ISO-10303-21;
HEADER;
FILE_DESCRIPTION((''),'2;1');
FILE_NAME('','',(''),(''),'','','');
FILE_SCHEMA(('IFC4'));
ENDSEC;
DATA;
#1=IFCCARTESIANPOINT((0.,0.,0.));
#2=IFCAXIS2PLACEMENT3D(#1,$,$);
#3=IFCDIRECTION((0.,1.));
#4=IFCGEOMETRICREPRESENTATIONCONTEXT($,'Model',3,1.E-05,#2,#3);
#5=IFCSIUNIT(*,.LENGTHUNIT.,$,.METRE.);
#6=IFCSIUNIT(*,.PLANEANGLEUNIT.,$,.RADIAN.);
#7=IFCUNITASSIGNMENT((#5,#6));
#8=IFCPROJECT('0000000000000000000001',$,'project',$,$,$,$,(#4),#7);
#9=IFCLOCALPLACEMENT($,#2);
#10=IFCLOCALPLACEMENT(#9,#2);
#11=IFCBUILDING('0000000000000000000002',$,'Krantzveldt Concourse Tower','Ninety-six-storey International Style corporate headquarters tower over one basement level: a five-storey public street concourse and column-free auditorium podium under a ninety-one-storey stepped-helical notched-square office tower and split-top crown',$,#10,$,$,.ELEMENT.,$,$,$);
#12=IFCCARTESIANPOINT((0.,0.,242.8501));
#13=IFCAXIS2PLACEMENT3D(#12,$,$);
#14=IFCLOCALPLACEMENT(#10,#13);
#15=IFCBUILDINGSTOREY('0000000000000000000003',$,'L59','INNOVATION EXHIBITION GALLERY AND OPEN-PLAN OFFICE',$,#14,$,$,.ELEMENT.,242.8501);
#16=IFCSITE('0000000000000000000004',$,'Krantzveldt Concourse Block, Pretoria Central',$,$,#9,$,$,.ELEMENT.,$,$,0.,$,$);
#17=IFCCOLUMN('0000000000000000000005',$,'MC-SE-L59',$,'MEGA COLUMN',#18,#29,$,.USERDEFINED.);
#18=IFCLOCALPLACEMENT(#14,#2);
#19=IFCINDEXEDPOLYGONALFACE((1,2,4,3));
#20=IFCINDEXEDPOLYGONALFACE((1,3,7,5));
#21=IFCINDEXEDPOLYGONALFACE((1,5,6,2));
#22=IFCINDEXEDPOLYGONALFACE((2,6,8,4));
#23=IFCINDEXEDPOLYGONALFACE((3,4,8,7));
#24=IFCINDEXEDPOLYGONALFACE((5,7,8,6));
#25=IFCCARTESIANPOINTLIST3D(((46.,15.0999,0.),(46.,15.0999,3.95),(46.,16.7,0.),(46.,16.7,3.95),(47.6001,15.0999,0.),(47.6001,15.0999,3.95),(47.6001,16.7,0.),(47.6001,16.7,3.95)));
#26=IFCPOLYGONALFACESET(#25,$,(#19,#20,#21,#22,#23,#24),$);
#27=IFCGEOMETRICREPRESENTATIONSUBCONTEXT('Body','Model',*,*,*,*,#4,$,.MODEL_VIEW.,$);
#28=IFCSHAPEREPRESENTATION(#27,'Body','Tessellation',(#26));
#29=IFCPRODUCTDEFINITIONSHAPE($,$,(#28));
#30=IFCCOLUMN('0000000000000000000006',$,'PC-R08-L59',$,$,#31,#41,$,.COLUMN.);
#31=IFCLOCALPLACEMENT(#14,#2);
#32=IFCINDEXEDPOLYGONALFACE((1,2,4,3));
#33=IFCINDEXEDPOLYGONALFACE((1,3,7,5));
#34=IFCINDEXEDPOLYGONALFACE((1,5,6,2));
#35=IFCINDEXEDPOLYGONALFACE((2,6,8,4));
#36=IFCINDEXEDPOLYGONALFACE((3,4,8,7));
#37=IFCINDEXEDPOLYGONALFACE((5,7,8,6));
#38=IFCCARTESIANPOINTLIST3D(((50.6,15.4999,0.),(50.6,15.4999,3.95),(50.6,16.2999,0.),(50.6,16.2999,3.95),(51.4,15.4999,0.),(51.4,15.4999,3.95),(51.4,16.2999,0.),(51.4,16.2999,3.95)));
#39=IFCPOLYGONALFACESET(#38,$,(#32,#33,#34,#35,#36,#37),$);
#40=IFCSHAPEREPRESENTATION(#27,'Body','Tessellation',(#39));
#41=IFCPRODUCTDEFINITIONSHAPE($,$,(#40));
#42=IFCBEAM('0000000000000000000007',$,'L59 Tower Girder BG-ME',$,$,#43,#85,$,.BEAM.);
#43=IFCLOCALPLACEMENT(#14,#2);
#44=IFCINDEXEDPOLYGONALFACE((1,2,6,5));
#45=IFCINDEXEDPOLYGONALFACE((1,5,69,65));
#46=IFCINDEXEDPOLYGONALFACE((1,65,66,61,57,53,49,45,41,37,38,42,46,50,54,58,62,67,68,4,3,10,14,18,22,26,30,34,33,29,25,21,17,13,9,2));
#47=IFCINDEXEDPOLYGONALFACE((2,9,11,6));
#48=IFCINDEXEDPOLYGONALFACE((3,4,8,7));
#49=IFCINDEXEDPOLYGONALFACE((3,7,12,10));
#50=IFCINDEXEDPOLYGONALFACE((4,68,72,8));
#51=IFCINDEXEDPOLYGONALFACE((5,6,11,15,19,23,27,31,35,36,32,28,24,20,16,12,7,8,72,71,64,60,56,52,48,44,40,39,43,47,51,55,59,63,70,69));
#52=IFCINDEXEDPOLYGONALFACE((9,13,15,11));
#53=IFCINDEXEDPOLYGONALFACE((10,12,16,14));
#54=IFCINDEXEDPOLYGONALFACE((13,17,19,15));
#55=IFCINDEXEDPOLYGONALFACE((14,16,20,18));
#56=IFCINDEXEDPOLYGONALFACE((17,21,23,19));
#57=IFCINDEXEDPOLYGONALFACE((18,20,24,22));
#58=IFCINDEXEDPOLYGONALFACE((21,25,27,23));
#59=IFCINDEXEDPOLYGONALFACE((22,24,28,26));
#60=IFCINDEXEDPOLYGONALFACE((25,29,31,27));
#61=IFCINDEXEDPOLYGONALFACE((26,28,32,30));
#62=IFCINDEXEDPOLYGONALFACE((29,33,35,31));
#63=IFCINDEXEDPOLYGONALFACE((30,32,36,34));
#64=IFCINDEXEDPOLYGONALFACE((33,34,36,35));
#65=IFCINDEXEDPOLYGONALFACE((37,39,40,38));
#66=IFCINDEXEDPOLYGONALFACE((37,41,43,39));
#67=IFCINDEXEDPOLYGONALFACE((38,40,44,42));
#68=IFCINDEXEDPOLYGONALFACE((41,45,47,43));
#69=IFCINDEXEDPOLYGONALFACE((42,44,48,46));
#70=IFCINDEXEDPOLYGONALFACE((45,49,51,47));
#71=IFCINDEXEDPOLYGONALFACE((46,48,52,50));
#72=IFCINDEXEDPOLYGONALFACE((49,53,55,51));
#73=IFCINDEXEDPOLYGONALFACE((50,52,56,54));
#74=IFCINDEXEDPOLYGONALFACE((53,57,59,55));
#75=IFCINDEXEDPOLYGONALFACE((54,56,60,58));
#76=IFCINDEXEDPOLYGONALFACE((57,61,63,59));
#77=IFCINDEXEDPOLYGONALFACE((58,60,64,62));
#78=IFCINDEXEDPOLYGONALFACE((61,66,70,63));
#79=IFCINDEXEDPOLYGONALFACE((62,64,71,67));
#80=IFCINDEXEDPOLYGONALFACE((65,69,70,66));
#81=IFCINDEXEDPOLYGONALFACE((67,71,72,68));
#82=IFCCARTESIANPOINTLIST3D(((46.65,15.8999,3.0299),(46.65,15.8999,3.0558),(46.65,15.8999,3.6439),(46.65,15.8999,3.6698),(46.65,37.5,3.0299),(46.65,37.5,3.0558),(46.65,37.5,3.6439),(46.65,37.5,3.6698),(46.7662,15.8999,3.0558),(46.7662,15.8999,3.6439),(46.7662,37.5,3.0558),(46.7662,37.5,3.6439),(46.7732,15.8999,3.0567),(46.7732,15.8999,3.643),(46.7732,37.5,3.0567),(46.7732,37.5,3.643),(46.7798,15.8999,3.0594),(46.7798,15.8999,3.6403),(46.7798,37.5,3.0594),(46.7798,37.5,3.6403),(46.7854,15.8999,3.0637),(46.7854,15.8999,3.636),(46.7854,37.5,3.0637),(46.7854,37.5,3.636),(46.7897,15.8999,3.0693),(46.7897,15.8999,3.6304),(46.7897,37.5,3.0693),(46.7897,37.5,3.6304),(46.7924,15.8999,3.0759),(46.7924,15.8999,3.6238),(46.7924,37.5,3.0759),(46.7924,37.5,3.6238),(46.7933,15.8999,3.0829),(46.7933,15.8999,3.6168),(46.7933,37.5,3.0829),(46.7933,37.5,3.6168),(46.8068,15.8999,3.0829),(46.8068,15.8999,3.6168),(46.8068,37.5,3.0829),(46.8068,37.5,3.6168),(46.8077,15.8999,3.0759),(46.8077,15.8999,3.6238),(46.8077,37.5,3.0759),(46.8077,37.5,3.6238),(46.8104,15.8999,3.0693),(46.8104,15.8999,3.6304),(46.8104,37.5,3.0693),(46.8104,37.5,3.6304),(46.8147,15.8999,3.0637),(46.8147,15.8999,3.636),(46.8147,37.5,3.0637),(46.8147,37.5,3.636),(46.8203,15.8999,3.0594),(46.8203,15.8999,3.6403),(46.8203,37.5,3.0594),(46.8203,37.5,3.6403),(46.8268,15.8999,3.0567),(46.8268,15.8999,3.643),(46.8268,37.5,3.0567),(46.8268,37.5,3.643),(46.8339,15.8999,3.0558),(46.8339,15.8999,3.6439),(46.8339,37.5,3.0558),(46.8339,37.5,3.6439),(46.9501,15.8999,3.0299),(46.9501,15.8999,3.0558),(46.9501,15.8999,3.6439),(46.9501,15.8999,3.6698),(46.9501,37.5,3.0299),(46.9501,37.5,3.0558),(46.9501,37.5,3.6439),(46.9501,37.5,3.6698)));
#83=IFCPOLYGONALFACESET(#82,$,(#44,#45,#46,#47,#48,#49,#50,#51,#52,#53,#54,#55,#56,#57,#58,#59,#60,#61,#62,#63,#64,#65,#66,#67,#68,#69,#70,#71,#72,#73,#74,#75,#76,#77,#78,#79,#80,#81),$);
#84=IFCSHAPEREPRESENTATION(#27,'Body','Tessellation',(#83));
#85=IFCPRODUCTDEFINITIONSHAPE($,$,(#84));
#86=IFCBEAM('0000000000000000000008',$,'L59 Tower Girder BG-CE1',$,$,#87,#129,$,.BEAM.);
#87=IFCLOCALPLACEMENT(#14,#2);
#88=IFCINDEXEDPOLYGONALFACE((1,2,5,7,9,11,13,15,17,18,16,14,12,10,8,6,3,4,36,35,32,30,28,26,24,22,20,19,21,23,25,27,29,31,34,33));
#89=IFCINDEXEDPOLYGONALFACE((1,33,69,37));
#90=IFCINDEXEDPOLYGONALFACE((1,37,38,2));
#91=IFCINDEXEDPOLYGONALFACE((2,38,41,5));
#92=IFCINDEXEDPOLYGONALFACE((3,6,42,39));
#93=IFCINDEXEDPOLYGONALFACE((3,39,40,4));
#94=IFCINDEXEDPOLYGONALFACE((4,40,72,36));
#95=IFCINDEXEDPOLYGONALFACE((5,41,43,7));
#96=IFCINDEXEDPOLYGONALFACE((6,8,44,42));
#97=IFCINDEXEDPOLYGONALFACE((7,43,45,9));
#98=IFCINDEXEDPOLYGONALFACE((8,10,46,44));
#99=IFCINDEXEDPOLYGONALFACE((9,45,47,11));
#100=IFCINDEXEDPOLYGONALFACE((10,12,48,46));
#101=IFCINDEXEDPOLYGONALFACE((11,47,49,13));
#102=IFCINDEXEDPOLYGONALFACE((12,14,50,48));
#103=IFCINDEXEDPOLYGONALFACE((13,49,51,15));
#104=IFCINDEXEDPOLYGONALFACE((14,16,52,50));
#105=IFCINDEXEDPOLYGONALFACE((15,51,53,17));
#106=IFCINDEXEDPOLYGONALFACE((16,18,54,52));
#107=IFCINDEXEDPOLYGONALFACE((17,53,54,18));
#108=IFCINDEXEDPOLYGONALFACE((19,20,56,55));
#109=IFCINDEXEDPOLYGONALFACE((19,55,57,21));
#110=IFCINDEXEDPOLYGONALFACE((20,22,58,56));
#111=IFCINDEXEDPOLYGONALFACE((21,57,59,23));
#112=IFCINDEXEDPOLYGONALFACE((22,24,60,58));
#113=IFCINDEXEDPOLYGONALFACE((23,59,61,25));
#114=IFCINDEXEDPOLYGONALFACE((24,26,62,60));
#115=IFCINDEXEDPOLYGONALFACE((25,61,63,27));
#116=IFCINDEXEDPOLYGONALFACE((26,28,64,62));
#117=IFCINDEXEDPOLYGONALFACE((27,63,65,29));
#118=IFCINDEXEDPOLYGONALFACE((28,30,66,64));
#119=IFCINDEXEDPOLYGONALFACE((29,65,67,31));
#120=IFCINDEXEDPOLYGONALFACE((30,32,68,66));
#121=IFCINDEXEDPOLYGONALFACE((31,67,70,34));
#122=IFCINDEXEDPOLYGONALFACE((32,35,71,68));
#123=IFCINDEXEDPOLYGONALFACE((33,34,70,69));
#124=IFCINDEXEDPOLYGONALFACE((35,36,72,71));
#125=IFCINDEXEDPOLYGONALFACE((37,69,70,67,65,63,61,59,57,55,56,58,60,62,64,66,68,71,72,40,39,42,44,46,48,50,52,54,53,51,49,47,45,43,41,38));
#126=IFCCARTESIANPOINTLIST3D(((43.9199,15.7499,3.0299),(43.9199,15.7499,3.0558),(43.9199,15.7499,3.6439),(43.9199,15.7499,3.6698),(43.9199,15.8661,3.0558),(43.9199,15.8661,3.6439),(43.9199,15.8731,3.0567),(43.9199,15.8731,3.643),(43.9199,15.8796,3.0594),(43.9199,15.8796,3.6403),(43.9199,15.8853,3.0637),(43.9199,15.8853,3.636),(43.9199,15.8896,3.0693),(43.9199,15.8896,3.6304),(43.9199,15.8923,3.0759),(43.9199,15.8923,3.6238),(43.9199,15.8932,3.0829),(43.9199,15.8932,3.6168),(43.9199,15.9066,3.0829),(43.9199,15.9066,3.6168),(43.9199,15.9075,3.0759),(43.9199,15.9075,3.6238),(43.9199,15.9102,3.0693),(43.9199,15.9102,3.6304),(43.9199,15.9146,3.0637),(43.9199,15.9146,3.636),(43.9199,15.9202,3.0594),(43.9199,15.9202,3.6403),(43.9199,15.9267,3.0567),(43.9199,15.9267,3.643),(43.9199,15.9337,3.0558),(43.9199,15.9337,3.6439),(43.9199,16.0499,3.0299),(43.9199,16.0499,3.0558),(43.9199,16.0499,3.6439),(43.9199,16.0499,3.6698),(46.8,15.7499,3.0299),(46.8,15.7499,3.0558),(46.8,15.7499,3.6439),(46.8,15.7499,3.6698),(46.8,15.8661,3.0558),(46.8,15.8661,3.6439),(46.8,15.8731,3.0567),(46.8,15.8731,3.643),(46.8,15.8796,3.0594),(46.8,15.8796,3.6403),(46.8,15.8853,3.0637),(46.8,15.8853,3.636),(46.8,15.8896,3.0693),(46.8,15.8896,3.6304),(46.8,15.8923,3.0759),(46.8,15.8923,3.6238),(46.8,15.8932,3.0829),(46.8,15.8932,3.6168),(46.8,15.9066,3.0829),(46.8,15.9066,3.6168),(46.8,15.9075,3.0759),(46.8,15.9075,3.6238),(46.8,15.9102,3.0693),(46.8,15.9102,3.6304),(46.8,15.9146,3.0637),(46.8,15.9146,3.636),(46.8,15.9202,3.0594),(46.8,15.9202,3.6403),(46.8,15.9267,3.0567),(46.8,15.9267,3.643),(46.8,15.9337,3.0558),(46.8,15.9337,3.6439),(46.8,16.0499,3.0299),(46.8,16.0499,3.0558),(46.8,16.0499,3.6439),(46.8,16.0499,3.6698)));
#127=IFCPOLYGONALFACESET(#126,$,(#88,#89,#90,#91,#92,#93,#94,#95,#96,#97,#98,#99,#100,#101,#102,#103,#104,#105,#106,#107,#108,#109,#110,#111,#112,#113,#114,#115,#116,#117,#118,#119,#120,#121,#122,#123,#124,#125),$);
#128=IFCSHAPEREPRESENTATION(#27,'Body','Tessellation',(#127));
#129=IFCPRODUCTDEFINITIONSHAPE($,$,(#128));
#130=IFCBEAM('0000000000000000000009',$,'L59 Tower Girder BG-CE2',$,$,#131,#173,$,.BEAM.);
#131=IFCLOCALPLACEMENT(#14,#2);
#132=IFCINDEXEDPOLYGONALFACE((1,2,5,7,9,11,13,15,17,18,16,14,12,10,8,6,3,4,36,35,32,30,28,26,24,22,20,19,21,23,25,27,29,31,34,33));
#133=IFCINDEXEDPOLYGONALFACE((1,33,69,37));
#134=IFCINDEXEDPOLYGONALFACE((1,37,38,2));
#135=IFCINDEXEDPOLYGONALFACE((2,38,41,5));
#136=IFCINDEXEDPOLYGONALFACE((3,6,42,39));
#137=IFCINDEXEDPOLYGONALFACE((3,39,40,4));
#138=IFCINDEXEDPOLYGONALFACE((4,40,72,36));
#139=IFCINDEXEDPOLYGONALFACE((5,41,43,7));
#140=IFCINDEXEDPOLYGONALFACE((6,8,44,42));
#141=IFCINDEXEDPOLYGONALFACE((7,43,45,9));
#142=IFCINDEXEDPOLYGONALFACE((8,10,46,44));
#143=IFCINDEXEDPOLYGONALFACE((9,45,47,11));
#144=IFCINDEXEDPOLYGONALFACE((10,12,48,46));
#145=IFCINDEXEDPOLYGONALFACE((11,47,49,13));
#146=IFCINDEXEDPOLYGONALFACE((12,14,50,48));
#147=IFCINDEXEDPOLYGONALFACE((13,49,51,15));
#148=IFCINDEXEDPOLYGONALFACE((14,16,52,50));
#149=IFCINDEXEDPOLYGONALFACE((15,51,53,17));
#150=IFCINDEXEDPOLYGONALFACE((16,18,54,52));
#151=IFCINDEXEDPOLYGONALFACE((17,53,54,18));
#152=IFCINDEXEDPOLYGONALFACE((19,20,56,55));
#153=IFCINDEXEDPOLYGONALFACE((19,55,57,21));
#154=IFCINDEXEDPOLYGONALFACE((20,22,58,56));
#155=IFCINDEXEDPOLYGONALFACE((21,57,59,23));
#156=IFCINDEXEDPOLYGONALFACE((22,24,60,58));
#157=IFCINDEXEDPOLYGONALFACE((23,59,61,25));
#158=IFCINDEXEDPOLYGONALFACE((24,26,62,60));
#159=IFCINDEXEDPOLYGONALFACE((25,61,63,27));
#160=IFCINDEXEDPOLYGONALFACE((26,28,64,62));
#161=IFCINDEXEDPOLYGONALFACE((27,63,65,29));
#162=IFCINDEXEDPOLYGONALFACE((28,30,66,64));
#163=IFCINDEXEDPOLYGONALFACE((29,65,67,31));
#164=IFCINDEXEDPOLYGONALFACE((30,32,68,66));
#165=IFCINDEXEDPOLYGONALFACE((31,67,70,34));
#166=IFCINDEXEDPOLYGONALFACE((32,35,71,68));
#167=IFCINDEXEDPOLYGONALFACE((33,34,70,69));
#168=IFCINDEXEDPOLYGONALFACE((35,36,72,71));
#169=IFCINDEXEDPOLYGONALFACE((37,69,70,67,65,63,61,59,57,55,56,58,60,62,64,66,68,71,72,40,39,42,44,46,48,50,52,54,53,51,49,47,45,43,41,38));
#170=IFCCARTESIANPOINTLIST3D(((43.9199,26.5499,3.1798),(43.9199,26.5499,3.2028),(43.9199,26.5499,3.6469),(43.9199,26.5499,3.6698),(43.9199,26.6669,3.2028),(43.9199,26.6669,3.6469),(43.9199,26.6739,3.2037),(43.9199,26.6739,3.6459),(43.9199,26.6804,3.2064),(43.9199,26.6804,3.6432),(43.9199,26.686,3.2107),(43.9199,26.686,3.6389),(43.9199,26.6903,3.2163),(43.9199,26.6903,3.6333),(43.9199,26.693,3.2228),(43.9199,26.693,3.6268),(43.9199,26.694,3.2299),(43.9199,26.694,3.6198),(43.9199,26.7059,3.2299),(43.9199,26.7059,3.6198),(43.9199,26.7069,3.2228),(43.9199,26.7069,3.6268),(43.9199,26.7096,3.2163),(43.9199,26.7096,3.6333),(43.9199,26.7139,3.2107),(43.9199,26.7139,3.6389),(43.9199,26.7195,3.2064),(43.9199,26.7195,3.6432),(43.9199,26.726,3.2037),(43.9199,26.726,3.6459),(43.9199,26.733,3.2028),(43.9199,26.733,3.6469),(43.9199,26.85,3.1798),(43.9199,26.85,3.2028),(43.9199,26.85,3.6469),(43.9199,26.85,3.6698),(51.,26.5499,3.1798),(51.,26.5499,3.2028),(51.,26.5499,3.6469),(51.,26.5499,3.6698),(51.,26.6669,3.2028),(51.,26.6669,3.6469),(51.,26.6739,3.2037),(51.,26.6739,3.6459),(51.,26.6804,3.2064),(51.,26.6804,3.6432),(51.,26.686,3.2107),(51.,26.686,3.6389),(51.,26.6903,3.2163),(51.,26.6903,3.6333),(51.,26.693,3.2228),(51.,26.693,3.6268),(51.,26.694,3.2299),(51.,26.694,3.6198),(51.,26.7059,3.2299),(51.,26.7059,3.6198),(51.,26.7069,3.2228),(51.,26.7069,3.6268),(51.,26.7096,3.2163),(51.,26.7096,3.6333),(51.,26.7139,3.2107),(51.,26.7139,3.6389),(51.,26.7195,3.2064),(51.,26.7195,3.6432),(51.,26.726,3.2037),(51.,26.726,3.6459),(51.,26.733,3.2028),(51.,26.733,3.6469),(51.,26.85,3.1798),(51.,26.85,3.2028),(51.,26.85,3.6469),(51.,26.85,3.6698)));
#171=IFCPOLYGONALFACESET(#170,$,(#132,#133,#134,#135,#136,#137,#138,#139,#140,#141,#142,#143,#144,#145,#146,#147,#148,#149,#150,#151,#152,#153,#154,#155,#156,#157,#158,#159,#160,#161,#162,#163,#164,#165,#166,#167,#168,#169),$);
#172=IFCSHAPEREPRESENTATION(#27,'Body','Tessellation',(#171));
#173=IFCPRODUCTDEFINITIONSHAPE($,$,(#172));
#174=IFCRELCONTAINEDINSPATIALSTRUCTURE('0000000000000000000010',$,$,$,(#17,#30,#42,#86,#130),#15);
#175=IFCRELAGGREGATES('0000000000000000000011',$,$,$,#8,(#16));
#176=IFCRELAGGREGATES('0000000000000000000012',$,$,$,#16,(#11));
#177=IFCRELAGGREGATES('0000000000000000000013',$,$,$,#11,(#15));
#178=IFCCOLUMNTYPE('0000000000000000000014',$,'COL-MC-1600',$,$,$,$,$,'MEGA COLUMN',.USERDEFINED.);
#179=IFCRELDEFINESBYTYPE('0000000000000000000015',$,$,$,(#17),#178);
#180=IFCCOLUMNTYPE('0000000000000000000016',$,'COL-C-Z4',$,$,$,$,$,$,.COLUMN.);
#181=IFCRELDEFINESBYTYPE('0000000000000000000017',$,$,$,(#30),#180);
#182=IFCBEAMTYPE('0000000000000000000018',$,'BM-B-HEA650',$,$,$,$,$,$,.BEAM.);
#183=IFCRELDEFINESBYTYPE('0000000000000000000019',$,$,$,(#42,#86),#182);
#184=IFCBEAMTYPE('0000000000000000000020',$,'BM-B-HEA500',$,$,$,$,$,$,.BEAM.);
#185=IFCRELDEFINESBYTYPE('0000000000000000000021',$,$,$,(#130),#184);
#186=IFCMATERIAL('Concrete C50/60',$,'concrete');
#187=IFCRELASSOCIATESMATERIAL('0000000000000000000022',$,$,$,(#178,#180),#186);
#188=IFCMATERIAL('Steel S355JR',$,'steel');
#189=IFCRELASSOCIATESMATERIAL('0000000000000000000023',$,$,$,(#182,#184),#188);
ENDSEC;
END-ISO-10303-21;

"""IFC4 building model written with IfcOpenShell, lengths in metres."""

from ifc_helpers import new_model, si_unit, direction, frame, origin, origin_2d, place, context, subcontext, project, spatial, rectangle, i_section, extrude, source, transform, mapped, material, material_profile, profile_set, type_object, type_shapes, element, save


model = new_model("IFC4")

# Units and contexts
model_context = context("Model", 3, precision=1e-05, world=origin(), true_north=direction((0.0, 1.0)))
body_context = subcontext(model_context, "Body", "Model", "MODEL_VIEW")
ifc_project = project(units=[si_unit("LENGTHUNIT", "METRE"), si_unit("PLANEANGLEUNIT", "RADIAN")], contexts=[model_context])

# Site, building, storey
site_placement = place(None, origin())
site = spatial("IfcSite", under=ifc_project, at=site_placement, Name="Krantzveldt Concourse Block, Pretoria Central", CompositionType="ELEMENT", RefElevation=0.0)
building_placement = place(site_placement, origin())
building = spatial("IfcBuilding", under=site, at=building_placement, Name="Krantzveldt Concourse Tower", Description="Ninety-six-storey International Style corporate headquarters tower over one basement level: a five-storey public street concourse and column-free auditorium podium under a ninety-one-storey stepped-helical notched-square office tower and split-top crown", CompositionType="ELEMENT")
storey_placement = place(building_placement, frame((0.0, 0.0, 242.8501)))
storey = spatial("IfcBuildingStorey", under=building, at=storey_placement, Name="L59", Description="INNOVATION EXHIBITION GALLERY AND OPEN-PLAN OFFICE", CompositionType="ELEMENT", Elevation=242.8501)

# Columns
ifc_material_1 = material(Name="Concrete C50/60", Category="concrete")
ifc_material_profile_1 = material_profile(ifc_material_1, rectangle(XDim=1.6001, YDim=1.6001, at=origin_2d()), Name="Concrete C50/60", Category="concrete")
ifc_profile_set_1 = profile_set([ifc_material_profile_1], Name="Concrete C50/60 - RC 1600x1600")
column_type_1 = type_object("IfcColumnType", Name="COL-MC-1600", ElementType="MEGA COLUMN", PredefinedType="USERDEFINED", material=ifc_profile_set_1)
shared_shape_1 = source(origin(), body_context, "Body", "SweptSolid", [
    extrude(rectangle(XDim=1.6001, YDim=1.6001, at=origin_2d()), origin(), (0.0, 0.0, 1.0), 3.95),
])
type_shapes(column_type_1, [shared_shape_1])
column_1_placement = place(storey_placement, frame((46.8, 15.8999, 0.0), z_axis=(0.0, 0.0, 1.0), x_axis=(1.0, 0.0, 0.0)))
element("IfcColumn", 1, at=column_1_placement, inside=storey, type_object=column_type_1, Name="MC-SE-L59", ObjectType="MEGA COLUMN", PredefinedType="USERDEFINED", context=body_context, shape_type="MappedRepresentation", body=[
    mapped(shared_shape_1, transform((0.0, 0.0, 0.0), x_axis=(1.0, 0.0, 0.0), y_axis=(0.0, 1.0, 0.0), z_axis=(0.0, 0.0, 1.0), scale=1.0)),
])
ifc_material_profile_2 = material_profile(ifc_material_1, rectangle(XDim=0.8, YDim=0.8, at=origin_2d()), Name="Concrete C50/60", Category="concrete")
ifc_profile_set_2 = profile_set([ifc_material_profile_2], Name="Concrete C50/60 - RC 800x800")
column_type_2 = type_object("IfcColumnType", Name="COL-C-Z4", PredefinedType="COLUMN", material=ifc_profile_set_2)
shared_shape_2 = source(origin(), body_context, "Body", "SweptSolid", [
    extrude(rectangle(XDim=0.8, YDim=0.8, at=origin_2d()), origin(), (0.0, 0.0, 1.0), 3.95),
])
type_shapes(column_type_2, [shared_shape_2])
column_2_placement = place(storey_placement, frame((51.0, 15.8999, 0.0), z_axis=(0.0, 0.0, 1.0), x_axis=(1.0, 0.0, 0.0)))
element("IfcColumn", 2, at=column_2_placement, inside=storey, type_object=column_type_2, Name="PC-R08-L59", PredefinedType="COLUMN", context=body_context, shape_type="MappedRepresentation", body=[
    mapped(shared_shape_2, transform((0.0, 0.0, 0.0), x_axis=(1.0, 0.0, 0.0), y_axis=(0.0, 1.0, 0.0), z_axis=(0.0, 0.0, 1.0), scale=1.0)),
])

# Beams
ifc_material_2 = material(Name="Steel S355JR", Category="steel")
ifc_material_profile_3 = material_profile(ifc_material_2, i_section(OverallWidth=0.3, OverallDepth=0.6399, WebThickness=0.0134, FlangeThickness=0.0259, FilletRadius=0.0271, at=origin_2d()), Name="Steel S355JR", Category="steel")
ifc_profile_set_3 = profile_set([ifc_material_profile_3], Name="Steel S355JR - HEA 650")
beam_type_1 = type_object("IfcBeamType", Name="BM-B-HEA650", PredefinedType="BEAM", material=ifc_profile_set_3)
shared_shape_3 = source(origin(), body_context, "Body", "SweptSolid", [
    extrude(i_section(OverallWidth=0.3, OverallDepth=0.6399, WebThickness=0.0134, FlangeThickness=0.0259, FilletRadius=0.0271, at=origin_2d()), origin(), (0.0, 0.0, 1.0), 21.6001),
])
beam_1_placement = place(storey_placement, frame((46.8, 15.8999, 3.3499), z_axis=(0.0, 1.0, 0.0), x_axis=(-1.0, 0.0, 0.0)))
element("IfcBeam", 3, at=beam_1_placement, inside=storey, type_object=beam_type_1, Name="L59 Tower Girder BG-ME", PredefinedType="BEAM", context=body_context, shape_type="MappedRepresentation", body=[
    mapped(shared_shape_3, transform((0.0, 0.0, 0.0), x_axis=(1.0, 0.0, 0.0), y_axis=(0.0, 1.0, 0.0), z_axis=(0.0, 0.0, 1.0), scale=1.0)),
])
shared_shape_4 = source(origin(), body_context, "Body", "SweptSolid", [
    extrude(i_section(OverallWidth=0.3, OverallDepth=0.6399, WebThickness=0.0134, FlangeThickness=0.0259, FilletRadius=0.0271, at=origin_2d()), origin(), (0.0, 0.0, 1.0), 2.8801),
])
type_shapes(beam_type_1, [shared_shape_3, shared_shape_4])
beam_2_placement = place(storey_placement, frame((43.9199, 15.8999, 3.3499), z_axis=(1.0, 0.0, 0.0), x_axis=(0.0, 1.0, 0.0)))
element("IfcBeam", 4, at=beam_2_placement, inside=storey, type_object=beam_type_1, Name="L59 Tower Girder BG-CE1", PredefinedType="BEAM", context=body_context, shape_type="MappedRepresentation", body=[
    mapped(shared_shape_4, transform((0.0, 0.0, 0.0), x_axis=(1.0, 0.0, 0.0), y_axis=(0.0, 1.0, 0.0), z_axis=(0.0, 0.0, 1.0), scale=1.0)),
])
ifc_material_profile_4 = material_profile(ifc_material_2, i_section(OverallWidth=0.3, OverallDepth=0.49, WebThickness=0.012, FlangeThickness=0.0229, FilletRadius=0.0271, at=origin_2d()), Name="Steel S355JR", Category="steel")
ifc_profile_set_4 = profile_set([ifc_material_profile_4], Name="Steel S355JR - HEA 500")
beam_type_2 = type_object("IfcBeamType", Name="BM-B-HEA500", PredefinedType="BEAM", material=ifc_profile_set_4)
shared_shape_5 = source(origin(), body_context, "Body", "SweptSolid", [
    extrude(i_section(OverallWidth=0.3, OverallDepth=0.49, WebThickness=0.012, FlangeThickness=0.0229, FilletRadius=0.0271, at=origin_2d()), origin(), (0.0, 0.0, 1.0), 7.0801),
])
beam_3_placement = place(storey_placement, frame((43.9199, 26.7, 3.4248), z_axis=(1.0, 0.0, 0.0), x_axis=(0.0, 1.0, 0.0)))
element("IfcBeam", 5, at=beam_3_placement, inside=storey, type_object=beam_type_2, Name="L59 Tower Girder BG-CE2", PredefinedType="BEAM", context=body_context, shape_type="MappedRepresentation", body=[
    mapped(shared_shape_5, transform((0.0, 0.0, 0.0), x_axis=(1.0, 0.0, 0.0), y_axis=(0.0, 1.0, 0.0), z_axis=(0.0, 0.0, 1.0), scale=1.0)),
])

save(model, "model.ifc")
